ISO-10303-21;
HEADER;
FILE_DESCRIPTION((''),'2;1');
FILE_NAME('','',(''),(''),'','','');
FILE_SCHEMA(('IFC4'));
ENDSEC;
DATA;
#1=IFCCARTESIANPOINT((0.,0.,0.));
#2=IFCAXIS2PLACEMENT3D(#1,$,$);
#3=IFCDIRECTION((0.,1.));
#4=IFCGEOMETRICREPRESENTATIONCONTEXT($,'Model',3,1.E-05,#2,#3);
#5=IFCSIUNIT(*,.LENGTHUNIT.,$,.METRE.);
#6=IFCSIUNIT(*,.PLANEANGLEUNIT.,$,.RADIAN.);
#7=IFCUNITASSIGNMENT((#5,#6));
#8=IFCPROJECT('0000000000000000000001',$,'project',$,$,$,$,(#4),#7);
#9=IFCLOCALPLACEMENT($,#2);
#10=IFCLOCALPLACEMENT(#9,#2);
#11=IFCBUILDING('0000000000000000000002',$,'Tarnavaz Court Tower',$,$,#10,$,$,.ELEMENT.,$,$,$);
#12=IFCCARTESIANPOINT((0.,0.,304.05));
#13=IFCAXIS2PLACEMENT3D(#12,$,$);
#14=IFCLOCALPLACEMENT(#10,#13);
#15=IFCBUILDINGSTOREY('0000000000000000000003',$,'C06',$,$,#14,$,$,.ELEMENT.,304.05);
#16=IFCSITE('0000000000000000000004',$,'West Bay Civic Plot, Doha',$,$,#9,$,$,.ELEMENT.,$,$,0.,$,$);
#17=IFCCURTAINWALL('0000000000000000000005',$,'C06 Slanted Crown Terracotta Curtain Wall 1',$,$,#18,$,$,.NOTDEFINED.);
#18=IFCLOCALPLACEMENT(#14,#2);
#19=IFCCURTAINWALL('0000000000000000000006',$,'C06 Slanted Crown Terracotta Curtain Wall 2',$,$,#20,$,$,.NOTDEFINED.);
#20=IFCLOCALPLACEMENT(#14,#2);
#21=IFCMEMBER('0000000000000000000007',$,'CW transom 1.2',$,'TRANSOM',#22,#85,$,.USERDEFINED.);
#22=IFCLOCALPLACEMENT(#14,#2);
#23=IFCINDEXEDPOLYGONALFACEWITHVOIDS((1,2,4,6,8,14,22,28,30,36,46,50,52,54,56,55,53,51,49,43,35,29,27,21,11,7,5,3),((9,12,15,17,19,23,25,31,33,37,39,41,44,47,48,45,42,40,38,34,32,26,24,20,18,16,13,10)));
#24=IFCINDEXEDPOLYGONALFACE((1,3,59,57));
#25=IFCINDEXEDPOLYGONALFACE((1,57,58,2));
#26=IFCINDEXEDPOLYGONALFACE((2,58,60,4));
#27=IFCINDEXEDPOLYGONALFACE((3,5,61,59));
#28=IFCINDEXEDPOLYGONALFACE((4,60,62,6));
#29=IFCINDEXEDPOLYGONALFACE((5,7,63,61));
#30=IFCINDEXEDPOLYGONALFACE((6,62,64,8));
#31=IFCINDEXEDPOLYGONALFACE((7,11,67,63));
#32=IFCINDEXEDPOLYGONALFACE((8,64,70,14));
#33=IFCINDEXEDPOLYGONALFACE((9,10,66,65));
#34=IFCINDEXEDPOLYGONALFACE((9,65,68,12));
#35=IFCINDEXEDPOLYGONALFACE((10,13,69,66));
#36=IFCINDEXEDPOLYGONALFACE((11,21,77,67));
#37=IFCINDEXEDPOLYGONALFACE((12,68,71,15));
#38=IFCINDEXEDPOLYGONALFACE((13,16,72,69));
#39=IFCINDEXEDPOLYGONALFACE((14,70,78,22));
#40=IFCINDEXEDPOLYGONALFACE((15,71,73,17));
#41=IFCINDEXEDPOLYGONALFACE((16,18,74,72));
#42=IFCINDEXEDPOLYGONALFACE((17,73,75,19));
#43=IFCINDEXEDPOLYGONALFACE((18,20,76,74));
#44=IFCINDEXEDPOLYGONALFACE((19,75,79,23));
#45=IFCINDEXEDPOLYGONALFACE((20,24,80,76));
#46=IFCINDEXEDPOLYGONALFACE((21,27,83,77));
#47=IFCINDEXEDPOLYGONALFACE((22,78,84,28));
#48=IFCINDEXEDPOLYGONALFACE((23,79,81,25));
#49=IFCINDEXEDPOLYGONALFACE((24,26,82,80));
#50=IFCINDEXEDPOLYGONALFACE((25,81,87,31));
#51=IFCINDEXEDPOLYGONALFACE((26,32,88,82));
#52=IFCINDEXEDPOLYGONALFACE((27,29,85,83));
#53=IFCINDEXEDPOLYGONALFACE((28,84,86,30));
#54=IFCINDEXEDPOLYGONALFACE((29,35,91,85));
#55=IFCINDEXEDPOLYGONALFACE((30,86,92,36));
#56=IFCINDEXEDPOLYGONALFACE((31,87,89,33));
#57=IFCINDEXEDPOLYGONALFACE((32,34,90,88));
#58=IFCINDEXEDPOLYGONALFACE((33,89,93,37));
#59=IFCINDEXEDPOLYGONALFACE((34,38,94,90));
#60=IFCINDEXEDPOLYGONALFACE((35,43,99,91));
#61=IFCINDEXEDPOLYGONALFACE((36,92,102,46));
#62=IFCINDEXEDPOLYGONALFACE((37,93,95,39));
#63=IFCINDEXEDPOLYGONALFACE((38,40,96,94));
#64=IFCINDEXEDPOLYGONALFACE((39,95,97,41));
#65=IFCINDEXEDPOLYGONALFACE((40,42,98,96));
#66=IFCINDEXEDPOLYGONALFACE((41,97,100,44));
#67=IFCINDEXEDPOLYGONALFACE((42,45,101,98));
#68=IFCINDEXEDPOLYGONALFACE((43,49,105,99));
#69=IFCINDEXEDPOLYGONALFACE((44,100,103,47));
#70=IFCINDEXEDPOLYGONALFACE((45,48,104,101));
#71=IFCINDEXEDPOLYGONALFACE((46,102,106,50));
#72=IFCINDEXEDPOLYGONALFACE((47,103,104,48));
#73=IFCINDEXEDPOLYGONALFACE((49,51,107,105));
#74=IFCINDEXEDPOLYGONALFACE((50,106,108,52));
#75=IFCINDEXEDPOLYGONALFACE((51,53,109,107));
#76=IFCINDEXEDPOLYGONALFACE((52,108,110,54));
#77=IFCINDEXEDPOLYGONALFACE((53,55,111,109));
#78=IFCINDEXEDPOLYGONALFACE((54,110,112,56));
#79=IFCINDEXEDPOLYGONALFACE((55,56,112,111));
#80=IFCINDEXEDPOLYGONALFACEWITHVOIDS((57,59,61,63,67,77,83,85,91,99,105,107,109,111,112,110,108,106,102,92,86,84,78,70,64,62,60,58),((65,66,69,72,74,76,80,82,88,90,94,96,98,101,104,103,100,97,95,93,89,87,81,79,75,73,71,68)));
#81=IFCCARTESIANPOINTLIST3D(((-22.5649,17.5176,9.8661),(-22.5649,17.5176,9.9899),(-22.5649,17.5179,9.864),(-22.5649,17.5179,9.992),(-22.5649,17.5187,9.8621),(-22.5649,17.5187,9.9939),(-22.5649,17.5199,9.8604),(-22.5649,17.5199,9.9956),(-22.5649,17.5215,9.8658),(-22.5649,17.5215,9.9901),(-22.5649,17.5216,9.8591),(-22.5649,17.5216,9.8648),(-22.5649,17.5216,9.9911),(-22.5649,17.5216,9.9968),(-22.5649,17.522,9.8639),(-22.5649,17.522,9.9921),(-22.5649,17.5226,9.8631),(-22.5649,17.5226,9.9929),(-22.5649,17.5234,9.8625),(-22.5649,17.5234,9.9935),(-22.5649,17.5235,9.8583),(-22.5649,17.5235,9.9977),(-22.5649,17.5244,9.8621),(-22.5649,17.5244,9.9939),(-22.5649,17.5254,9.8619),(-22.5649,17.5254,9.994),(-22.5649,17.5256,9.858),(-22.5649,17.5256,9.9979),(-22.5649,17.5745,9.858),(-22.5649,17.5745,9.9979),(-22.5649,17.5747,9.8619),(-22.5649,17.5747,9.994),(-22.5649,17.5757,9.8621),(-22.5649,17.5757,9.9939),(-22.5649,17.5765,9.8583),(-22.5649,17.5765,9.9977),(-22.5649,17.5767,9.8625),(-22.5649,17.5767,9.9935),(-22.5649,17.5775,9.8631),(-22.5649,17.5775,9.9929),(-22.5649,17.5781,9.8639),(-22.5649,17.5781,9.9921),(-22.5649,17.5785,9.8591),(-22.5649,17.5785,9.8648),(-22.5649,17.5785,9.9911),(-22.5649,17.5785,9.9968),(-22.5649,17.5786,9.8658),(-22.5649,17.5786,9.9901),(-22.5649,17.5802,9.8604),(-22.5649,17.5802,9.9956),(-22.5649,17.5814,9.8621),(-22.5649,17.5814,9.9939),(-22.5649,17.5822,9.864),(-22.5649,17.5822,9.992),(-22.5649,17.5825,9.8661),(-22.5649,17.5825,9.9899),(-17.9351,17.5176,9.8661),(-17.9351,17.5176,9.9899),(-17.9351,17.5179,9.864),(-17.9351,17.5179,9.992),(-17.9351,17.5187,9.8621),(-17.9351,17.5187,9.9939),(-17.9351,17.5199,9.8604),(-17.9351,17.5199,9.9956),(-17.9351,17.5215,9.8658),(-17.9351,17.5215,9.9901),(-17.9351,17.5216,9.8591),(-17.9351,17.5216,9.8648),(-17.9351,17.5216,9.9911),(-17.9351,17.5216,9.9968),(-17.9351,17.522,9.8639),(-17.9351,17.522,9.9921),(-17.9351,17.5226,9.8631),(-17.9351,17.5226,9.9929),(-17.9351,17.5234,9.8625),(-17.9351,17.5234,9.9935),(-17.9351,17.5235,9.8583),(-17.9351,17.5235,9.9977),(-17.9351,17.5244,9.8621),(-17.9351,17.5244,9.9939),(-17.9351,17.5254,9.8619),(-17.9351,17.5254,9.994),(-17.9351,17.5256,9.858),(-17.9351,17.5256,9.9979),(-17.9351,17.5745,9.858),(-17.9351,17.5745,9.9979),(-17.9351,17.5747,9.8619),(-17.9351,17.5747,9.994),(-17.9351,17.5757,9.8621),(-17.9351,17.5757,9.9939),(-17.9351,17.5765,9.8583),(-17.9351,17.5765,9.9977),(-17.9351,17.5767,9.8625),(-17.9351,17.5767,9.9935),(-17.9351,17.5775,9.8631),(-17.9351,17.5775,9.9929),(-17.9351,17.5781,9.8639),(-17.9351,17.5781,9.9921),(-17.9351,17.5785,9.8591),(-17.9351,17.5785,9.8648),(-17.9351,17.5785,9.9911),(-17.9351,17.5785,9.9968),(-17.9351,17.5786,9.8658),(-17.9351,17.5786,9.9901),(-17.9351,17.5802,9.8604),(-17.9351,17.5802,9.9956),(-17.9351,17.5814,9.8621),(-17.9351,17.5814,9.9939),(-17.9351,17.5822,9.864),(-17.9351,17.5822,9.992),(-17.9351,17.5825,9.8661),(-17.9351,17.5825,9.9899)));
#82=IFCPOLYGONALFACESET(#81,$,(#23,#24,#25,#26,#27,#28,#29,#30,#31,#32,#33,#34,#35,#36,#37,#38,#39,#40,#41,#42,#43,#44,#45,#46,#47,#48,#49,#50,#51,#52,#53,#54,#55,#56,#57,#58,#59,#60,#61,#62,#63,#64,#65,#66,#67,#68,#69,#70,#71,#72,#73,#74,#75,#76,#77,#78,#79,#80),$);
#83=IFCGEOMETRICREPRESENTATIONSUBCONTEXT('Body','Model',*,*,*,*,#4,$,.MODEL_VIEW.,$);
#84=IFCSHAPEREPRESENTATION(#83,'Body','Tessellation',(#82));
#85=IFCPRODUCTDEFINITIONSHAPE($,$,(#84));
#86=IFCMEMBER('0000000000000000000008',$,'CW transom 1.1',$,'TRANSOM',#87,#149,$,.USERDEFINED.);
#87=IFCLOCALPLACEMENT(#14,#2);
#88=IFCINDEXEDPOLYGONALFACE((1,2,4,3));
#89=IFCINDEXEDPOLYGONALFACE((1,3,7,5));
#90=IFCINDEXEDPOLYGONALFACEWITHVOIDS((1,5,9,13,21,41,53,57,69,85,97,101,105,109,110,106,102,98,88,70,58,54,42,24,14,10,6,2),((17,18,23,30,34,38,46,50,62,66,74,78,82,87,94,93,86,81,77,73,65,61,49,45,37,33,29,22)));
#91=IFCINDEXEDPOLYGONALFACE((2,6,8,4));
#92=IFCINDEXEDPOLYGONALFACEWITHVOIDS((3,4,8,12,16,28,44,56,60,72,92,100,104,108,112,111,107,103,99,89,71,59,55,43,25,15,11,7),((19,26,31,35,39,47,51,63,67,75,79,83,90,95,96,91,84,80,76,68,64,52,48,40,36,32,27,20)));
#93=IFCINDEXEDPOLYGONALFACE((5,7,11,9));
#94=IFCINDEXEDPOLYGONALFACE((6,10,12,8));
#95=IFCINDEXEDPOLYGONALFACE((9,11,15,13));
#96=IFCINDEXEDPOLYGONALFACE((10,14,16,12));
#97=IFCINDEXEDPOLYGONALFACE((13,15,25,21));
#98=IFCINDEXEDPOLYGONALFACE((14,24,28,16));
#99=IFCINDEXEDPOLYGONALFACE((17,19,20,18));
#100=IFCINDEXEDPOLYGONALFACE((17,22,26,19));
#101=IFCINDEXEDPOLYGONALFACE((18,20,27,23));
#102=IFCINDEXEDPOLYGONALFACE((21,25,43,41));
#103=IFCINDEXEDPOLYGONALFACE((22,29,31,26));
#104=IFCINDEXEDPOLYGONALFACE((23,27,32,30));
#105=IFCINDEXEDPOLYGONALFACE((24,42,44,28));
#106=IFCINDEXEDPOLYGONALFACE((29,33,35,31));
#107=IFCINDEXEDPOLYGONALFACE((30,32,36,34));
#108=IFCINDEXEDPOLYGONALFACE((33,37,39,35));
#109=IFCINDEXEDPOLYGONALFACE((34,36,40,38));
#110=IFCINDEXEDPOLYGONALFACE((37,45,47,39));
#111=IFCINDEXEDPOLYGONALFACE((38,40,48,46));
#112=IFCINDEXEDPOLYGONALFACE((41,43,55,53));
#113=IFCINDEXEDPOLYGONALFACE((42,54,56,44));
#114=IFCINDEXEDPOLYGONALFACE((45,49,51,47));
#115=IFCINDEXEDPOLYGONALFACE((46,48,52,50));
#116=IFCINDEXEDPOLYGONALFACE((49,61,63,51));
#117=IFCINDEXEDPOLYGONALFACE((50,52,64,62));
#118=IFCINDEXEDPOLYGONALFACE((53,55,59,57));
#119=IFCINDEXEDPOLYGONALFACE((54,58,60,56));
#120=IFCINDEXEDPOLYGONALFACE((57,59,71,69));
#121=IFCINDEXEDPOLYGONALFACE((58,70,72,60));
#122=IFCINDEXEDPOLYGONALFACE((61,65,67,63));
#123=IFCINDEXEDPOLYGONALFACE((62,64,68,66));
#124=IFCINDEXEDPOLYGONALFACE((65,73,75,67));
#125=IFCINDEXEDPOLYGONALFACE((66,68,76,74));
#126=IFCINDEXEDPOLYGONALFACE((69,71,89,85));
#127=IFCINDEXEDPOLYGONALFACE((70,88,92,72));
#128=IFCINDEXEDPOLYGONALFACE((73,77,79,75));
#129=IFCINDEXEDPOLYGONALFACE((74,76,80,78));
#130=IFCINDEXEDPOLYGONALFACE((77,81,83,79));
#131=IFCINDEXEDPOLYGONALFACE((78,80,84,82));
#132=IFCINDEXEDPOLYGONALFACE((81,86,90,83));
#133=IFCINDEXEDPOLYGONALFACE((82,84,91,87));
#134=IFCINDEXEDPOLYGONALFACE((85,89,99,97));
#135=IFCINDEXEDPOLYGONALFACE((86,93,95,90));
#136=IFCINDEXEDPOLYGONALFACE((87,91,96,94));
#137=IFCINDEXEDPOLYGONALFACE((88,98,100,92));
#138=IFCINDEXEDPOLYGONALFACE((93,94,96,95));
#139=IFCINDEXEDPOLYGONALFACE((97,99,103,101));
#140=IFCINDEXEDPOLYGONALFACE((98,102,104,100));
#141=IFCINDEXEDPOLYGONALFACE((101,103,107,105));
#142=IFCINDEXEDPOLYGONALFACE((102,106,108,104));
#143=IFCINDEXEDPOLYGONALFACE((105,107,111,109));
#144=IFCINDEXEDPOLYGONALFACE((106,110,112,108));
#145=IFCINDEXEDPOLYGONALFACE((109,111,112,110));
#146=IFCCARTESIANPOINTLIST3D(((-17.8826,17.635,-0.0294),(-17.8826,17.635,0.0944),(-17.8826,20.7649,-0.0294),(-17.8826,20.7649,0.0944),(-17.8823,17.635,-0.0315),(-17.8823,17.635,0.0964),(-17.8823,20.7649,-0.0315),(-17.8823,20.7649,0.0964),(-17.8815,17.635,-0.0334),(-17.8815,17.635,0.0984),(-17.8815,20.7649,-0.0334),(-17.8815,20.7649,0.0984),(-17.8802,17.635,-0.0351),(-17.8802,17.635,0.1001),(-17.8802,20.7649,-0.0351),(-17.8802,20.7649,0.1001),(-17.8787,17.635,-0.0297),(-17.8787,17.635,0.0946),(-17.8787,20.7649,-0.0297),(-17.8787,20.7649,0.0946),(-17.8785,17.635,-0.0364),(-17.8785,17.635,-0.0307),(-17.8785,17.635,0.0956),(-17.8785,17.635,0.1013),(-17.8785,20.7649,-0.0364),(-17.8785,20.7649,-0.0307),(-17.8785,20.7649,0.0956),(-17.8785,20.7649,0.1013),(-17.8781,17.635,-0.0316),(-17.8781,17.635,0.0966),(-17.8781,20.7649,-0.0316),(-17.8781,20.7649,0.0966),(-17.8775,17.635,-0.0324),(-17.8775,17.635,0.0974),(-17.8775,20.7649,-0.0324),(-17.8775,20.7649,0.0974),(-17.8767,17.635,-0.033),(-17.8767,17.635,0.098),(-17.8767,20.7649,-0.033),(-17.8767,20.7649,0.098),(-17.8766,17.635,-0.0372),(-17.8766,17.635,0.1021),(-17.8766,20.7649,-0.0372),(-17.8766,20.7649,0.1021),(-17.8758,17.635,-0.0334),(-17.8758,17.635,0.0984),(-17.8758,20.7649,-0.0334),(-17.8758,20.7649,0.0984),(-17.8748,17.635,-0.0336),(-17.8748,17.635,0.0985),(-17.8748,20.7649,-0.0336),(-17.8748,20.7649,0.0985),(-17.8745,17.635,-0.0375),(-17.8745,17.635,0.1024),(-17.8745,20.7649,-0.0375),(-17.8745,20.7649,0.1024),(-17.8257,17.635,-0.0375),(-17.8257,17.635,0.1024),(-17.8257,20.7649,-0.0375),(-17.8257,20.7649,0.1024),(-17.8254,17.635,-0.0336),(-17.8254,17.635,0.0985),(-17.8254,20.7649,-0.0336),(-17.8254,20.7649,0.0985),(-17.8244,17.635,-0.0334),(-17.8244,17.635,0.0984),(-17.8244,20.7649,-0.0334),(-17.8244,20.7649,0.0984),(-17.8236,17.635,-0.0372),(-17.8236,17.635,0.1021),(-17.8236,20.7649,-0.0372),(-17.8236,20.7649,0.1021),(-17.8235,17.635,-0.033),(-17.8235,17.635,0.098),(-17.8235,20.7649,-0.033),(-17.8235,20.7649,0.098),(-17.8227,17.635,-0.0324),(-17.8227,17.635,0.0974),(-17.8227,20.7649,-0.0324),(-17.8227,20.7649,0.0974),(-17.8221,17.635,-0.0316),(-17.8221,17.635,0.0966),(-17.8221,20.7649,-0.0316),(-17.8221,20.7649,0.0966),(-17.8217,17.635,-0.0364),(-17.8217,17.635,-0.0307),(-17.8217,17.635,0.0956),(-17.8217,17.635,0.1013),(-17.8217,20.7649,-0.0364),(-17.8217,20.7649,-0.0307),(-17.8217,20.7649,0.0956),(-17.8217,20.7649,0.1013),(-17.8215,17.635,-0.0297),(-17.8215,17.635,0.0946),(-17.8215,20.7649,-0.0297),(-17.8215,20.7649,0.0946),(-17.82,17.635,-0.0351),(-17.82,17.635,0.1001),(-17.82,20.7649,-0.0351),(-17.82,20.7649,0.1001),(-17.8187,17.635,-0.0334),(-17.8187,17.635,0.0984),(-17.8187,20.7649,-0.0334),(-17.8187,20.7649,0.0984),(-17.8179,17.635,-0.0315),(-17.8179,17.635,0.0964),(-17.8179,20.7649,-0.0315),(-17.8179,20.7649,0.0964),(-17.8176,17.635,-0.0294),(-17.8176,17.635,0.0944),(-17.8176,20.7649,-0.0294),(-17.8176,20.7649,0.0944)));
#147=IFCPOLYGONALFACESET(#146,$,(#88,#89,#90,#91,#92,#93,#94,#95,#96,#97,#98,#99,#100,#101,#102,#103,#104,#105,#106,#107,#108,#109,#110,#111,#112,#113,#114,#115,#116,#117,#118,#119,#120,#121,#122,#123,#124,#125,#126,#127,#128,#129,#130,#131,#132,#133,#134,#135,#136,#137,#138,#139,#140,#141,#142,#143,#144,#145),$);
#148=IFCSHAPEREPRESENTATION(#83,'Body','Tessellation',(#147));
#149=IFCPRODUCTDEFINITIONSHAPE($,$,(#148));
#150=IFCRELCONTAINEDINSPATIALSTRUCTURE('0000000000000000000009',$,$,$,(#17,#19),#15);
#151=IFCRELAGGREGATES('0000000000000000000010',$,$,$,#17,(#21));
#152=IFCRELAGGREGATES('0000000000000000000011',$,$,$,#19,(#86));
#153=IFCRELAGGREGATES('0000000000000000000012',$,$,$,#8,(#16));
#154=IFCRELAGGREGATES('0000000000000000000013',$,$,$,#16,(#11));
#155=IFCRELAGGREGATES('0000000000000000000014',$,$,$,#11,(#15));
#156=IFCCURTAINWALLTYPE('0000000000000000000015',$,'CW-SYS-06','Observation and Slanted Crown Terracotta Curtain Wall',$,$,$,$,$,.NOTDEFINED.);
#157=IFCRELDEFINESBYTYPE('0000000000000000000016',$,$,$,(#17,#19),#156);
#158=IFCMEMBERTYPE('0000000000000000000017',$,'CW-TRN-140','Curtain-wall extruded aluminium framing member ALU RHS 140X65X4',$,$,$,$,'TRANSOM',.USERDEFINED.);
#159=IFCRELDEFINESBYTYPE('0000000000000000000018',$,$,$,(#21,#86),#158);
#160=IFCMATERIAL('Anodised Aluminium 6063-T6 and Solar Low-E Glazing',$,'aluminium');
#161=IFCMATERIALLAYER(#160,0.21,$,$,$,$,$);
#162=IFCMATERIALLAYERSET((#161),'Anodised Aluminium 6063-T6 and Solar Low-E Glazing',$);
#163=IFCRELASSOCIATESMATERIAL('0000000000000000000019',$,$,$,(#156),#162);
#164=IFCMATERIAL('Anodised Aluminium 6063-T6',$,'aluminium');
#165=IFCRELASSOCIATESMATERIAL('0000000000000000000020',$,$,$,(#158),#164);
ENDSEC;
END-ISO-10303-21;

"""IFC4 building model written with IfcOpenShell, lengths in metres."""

from ifc_helpers import new_model, si_unit, direction, frame, origin, origin_2d, place, context, subcontext, project, spatial, hollow_rectangle, extrude, material, layer, layer_set, material_profile, profile_set, type_object, element, aggregate, save


model = new_model("IFC4")

# Units and contexts
model_context = context("Model", 3, precision=1e-05, world=origin(), true_north=direction((0.0, 1.0)))
body_context = subcontext(model_context, "Body", "Model", "MODEL_VIEW")
ifc_project = project(units=[si_unit("LENGTHUNIT", "METRE"), si_unit("PLANEANGLEUNIT", "RADIAN")], contexts=[model_context])

# Site, building, storey
site_placement = place(None, origin())
site = spatial("IfcSite", under=ifc_project, at=site_placement, Name="West Bay Civic Plot, Doha", CompositionType="ELEMENT", RefElevation=0.0)
building_placement = place(site_placement, origin())
building = spatial("IfcBuilding", under=site, at=building_placement, Name="Tarnavaz Court Tower", CompositionType="ELEMENT")
storey_placement = place(building_placement, frame((0.0, 0.0, 304.05)))
storey = spatial("IfcBuildingStorey", under=building, at=storey_placement, Name="C06", CompositionType="ELEMENT", Elevation=304.05)

# Curtain walls
ifc_material_1 = material(Name="Anodised Aluminium 6063-T6 and Solar Low-E Glazing", Category="aluminium")
ifc_layer_1 = layer(ifc_material_1, 0.21)
ifc_layer_set_1 = layer_set([ifc_layer_1], Name="Anodised Aluminium 6063-T6 and Solar Low-E Glazing")
curtain_wall_type = type_object("IfcCurtainWallType", Name="CW-SYS-06", Description="Observation and Slanted Crown Terracotta Curtain Wall", PredefinedType="NOTDEFINED", material=ifc_layer_set_1)
curtain_wall_1_placement = place(storey_placement, origin())
curtain_wall_1 = element("IfcCurtainWall", 1, at=curtain_wall_1_placement, inside=storey, type_object=curtain_wall_type, Name="C06 Slanted Crown Terracotta Curtain Wall 1", PredefinedType="NOTDEFINED")
ifc_material_2 = material(Name="Anodised Aluminium 6063-T6", Category="aluminium")
curtain_wall_2_placement = place(storey_placement, origin())
curtain_wall_2 = element("IfcCurtainWall", 2, at=curtain_wall_2_placement, inside=storey, type_object=curtain_wall_type, Name="C06 Slanted Crown Terracotta Curtain Wall 2", PredefinedType="NOTDEFINED")

# Members
ifc_material_profile_1 = material_profile(ifc_material_2, hollow_rectangle(XDim=0.0649, YDim=0.1399, WallThickness=0.0039, InnerFilletRadius=0.0039, OuterFilletRadius=0.0081, at=origin_2d()), Name="ALU RHS 140X65X4")
ifc_profile_set_1 = profile_set([ifc_material_profile_1], Name="Anodised Aluminium 6063-T6")
member_type_1 = type_object("IfcMemberType", Name="CW-TRN-140", Description="Curtain-wall extruded aluminium framing member ALU RHS 140X65X4", ElementType="TRANSOM", PredefinedType="USERDEFINED", material=ifc_profile_set_1)
member_1_placement = place(storey_placement, frame((-22.5649, 17.55, 9.928), z_axis=(1.0, 0.0, 0.0), x_axis=(0.0, 1.0, 0.0)))
member_1 = element("IfcMember", 3, at=member_1_placement, type_object=member_type_1, Name="CW transom 1.2", ObjectType="TRANSOM", PredefinedType="USERDEFINED", context=body_context, shape_type="SweptSolid", body=[
    extrude(hollow_rectangle(XDim=0.0649, YDim=0.1399, WallThickness=0.0039, InnerFilletRadius=0.0039, OuterFilletRadius=0.0081, at=origin_2d()), origin(), (0.0, 0.0, 1.0), 4.6299),
])
member_2_placement = place(storey_placement, frame((-17.8501, 17.635, 0.0325), z_axis=(0.0, 1.0, 0.0), x_axis=(-1.0, 0.0, 0.0)))
member_2 = element("IfcMember", 4, at=member_2_placement, type_object=member_type_1, Name="CW transom 1.1", ObjectType="TRANSOM", PredefinedType="USERDEFINED", context=body_context, shape_type="SweptSolid", body=[
    extrude(hollow_rectangle(XDim=0.0649, YDim=0.1399, WallThickness=0.0039, InnerFilletRadius=0.0039, OuterFilletRadius=0.0081, at=origin_2d()), origin(), (0.0, 0.0, 1.0), 3.1299),
])

aggregate(curtain_wall_1, [member_1])
aggregate(curtain_wall_2, [member_2])

save(model, "model.ifc")
